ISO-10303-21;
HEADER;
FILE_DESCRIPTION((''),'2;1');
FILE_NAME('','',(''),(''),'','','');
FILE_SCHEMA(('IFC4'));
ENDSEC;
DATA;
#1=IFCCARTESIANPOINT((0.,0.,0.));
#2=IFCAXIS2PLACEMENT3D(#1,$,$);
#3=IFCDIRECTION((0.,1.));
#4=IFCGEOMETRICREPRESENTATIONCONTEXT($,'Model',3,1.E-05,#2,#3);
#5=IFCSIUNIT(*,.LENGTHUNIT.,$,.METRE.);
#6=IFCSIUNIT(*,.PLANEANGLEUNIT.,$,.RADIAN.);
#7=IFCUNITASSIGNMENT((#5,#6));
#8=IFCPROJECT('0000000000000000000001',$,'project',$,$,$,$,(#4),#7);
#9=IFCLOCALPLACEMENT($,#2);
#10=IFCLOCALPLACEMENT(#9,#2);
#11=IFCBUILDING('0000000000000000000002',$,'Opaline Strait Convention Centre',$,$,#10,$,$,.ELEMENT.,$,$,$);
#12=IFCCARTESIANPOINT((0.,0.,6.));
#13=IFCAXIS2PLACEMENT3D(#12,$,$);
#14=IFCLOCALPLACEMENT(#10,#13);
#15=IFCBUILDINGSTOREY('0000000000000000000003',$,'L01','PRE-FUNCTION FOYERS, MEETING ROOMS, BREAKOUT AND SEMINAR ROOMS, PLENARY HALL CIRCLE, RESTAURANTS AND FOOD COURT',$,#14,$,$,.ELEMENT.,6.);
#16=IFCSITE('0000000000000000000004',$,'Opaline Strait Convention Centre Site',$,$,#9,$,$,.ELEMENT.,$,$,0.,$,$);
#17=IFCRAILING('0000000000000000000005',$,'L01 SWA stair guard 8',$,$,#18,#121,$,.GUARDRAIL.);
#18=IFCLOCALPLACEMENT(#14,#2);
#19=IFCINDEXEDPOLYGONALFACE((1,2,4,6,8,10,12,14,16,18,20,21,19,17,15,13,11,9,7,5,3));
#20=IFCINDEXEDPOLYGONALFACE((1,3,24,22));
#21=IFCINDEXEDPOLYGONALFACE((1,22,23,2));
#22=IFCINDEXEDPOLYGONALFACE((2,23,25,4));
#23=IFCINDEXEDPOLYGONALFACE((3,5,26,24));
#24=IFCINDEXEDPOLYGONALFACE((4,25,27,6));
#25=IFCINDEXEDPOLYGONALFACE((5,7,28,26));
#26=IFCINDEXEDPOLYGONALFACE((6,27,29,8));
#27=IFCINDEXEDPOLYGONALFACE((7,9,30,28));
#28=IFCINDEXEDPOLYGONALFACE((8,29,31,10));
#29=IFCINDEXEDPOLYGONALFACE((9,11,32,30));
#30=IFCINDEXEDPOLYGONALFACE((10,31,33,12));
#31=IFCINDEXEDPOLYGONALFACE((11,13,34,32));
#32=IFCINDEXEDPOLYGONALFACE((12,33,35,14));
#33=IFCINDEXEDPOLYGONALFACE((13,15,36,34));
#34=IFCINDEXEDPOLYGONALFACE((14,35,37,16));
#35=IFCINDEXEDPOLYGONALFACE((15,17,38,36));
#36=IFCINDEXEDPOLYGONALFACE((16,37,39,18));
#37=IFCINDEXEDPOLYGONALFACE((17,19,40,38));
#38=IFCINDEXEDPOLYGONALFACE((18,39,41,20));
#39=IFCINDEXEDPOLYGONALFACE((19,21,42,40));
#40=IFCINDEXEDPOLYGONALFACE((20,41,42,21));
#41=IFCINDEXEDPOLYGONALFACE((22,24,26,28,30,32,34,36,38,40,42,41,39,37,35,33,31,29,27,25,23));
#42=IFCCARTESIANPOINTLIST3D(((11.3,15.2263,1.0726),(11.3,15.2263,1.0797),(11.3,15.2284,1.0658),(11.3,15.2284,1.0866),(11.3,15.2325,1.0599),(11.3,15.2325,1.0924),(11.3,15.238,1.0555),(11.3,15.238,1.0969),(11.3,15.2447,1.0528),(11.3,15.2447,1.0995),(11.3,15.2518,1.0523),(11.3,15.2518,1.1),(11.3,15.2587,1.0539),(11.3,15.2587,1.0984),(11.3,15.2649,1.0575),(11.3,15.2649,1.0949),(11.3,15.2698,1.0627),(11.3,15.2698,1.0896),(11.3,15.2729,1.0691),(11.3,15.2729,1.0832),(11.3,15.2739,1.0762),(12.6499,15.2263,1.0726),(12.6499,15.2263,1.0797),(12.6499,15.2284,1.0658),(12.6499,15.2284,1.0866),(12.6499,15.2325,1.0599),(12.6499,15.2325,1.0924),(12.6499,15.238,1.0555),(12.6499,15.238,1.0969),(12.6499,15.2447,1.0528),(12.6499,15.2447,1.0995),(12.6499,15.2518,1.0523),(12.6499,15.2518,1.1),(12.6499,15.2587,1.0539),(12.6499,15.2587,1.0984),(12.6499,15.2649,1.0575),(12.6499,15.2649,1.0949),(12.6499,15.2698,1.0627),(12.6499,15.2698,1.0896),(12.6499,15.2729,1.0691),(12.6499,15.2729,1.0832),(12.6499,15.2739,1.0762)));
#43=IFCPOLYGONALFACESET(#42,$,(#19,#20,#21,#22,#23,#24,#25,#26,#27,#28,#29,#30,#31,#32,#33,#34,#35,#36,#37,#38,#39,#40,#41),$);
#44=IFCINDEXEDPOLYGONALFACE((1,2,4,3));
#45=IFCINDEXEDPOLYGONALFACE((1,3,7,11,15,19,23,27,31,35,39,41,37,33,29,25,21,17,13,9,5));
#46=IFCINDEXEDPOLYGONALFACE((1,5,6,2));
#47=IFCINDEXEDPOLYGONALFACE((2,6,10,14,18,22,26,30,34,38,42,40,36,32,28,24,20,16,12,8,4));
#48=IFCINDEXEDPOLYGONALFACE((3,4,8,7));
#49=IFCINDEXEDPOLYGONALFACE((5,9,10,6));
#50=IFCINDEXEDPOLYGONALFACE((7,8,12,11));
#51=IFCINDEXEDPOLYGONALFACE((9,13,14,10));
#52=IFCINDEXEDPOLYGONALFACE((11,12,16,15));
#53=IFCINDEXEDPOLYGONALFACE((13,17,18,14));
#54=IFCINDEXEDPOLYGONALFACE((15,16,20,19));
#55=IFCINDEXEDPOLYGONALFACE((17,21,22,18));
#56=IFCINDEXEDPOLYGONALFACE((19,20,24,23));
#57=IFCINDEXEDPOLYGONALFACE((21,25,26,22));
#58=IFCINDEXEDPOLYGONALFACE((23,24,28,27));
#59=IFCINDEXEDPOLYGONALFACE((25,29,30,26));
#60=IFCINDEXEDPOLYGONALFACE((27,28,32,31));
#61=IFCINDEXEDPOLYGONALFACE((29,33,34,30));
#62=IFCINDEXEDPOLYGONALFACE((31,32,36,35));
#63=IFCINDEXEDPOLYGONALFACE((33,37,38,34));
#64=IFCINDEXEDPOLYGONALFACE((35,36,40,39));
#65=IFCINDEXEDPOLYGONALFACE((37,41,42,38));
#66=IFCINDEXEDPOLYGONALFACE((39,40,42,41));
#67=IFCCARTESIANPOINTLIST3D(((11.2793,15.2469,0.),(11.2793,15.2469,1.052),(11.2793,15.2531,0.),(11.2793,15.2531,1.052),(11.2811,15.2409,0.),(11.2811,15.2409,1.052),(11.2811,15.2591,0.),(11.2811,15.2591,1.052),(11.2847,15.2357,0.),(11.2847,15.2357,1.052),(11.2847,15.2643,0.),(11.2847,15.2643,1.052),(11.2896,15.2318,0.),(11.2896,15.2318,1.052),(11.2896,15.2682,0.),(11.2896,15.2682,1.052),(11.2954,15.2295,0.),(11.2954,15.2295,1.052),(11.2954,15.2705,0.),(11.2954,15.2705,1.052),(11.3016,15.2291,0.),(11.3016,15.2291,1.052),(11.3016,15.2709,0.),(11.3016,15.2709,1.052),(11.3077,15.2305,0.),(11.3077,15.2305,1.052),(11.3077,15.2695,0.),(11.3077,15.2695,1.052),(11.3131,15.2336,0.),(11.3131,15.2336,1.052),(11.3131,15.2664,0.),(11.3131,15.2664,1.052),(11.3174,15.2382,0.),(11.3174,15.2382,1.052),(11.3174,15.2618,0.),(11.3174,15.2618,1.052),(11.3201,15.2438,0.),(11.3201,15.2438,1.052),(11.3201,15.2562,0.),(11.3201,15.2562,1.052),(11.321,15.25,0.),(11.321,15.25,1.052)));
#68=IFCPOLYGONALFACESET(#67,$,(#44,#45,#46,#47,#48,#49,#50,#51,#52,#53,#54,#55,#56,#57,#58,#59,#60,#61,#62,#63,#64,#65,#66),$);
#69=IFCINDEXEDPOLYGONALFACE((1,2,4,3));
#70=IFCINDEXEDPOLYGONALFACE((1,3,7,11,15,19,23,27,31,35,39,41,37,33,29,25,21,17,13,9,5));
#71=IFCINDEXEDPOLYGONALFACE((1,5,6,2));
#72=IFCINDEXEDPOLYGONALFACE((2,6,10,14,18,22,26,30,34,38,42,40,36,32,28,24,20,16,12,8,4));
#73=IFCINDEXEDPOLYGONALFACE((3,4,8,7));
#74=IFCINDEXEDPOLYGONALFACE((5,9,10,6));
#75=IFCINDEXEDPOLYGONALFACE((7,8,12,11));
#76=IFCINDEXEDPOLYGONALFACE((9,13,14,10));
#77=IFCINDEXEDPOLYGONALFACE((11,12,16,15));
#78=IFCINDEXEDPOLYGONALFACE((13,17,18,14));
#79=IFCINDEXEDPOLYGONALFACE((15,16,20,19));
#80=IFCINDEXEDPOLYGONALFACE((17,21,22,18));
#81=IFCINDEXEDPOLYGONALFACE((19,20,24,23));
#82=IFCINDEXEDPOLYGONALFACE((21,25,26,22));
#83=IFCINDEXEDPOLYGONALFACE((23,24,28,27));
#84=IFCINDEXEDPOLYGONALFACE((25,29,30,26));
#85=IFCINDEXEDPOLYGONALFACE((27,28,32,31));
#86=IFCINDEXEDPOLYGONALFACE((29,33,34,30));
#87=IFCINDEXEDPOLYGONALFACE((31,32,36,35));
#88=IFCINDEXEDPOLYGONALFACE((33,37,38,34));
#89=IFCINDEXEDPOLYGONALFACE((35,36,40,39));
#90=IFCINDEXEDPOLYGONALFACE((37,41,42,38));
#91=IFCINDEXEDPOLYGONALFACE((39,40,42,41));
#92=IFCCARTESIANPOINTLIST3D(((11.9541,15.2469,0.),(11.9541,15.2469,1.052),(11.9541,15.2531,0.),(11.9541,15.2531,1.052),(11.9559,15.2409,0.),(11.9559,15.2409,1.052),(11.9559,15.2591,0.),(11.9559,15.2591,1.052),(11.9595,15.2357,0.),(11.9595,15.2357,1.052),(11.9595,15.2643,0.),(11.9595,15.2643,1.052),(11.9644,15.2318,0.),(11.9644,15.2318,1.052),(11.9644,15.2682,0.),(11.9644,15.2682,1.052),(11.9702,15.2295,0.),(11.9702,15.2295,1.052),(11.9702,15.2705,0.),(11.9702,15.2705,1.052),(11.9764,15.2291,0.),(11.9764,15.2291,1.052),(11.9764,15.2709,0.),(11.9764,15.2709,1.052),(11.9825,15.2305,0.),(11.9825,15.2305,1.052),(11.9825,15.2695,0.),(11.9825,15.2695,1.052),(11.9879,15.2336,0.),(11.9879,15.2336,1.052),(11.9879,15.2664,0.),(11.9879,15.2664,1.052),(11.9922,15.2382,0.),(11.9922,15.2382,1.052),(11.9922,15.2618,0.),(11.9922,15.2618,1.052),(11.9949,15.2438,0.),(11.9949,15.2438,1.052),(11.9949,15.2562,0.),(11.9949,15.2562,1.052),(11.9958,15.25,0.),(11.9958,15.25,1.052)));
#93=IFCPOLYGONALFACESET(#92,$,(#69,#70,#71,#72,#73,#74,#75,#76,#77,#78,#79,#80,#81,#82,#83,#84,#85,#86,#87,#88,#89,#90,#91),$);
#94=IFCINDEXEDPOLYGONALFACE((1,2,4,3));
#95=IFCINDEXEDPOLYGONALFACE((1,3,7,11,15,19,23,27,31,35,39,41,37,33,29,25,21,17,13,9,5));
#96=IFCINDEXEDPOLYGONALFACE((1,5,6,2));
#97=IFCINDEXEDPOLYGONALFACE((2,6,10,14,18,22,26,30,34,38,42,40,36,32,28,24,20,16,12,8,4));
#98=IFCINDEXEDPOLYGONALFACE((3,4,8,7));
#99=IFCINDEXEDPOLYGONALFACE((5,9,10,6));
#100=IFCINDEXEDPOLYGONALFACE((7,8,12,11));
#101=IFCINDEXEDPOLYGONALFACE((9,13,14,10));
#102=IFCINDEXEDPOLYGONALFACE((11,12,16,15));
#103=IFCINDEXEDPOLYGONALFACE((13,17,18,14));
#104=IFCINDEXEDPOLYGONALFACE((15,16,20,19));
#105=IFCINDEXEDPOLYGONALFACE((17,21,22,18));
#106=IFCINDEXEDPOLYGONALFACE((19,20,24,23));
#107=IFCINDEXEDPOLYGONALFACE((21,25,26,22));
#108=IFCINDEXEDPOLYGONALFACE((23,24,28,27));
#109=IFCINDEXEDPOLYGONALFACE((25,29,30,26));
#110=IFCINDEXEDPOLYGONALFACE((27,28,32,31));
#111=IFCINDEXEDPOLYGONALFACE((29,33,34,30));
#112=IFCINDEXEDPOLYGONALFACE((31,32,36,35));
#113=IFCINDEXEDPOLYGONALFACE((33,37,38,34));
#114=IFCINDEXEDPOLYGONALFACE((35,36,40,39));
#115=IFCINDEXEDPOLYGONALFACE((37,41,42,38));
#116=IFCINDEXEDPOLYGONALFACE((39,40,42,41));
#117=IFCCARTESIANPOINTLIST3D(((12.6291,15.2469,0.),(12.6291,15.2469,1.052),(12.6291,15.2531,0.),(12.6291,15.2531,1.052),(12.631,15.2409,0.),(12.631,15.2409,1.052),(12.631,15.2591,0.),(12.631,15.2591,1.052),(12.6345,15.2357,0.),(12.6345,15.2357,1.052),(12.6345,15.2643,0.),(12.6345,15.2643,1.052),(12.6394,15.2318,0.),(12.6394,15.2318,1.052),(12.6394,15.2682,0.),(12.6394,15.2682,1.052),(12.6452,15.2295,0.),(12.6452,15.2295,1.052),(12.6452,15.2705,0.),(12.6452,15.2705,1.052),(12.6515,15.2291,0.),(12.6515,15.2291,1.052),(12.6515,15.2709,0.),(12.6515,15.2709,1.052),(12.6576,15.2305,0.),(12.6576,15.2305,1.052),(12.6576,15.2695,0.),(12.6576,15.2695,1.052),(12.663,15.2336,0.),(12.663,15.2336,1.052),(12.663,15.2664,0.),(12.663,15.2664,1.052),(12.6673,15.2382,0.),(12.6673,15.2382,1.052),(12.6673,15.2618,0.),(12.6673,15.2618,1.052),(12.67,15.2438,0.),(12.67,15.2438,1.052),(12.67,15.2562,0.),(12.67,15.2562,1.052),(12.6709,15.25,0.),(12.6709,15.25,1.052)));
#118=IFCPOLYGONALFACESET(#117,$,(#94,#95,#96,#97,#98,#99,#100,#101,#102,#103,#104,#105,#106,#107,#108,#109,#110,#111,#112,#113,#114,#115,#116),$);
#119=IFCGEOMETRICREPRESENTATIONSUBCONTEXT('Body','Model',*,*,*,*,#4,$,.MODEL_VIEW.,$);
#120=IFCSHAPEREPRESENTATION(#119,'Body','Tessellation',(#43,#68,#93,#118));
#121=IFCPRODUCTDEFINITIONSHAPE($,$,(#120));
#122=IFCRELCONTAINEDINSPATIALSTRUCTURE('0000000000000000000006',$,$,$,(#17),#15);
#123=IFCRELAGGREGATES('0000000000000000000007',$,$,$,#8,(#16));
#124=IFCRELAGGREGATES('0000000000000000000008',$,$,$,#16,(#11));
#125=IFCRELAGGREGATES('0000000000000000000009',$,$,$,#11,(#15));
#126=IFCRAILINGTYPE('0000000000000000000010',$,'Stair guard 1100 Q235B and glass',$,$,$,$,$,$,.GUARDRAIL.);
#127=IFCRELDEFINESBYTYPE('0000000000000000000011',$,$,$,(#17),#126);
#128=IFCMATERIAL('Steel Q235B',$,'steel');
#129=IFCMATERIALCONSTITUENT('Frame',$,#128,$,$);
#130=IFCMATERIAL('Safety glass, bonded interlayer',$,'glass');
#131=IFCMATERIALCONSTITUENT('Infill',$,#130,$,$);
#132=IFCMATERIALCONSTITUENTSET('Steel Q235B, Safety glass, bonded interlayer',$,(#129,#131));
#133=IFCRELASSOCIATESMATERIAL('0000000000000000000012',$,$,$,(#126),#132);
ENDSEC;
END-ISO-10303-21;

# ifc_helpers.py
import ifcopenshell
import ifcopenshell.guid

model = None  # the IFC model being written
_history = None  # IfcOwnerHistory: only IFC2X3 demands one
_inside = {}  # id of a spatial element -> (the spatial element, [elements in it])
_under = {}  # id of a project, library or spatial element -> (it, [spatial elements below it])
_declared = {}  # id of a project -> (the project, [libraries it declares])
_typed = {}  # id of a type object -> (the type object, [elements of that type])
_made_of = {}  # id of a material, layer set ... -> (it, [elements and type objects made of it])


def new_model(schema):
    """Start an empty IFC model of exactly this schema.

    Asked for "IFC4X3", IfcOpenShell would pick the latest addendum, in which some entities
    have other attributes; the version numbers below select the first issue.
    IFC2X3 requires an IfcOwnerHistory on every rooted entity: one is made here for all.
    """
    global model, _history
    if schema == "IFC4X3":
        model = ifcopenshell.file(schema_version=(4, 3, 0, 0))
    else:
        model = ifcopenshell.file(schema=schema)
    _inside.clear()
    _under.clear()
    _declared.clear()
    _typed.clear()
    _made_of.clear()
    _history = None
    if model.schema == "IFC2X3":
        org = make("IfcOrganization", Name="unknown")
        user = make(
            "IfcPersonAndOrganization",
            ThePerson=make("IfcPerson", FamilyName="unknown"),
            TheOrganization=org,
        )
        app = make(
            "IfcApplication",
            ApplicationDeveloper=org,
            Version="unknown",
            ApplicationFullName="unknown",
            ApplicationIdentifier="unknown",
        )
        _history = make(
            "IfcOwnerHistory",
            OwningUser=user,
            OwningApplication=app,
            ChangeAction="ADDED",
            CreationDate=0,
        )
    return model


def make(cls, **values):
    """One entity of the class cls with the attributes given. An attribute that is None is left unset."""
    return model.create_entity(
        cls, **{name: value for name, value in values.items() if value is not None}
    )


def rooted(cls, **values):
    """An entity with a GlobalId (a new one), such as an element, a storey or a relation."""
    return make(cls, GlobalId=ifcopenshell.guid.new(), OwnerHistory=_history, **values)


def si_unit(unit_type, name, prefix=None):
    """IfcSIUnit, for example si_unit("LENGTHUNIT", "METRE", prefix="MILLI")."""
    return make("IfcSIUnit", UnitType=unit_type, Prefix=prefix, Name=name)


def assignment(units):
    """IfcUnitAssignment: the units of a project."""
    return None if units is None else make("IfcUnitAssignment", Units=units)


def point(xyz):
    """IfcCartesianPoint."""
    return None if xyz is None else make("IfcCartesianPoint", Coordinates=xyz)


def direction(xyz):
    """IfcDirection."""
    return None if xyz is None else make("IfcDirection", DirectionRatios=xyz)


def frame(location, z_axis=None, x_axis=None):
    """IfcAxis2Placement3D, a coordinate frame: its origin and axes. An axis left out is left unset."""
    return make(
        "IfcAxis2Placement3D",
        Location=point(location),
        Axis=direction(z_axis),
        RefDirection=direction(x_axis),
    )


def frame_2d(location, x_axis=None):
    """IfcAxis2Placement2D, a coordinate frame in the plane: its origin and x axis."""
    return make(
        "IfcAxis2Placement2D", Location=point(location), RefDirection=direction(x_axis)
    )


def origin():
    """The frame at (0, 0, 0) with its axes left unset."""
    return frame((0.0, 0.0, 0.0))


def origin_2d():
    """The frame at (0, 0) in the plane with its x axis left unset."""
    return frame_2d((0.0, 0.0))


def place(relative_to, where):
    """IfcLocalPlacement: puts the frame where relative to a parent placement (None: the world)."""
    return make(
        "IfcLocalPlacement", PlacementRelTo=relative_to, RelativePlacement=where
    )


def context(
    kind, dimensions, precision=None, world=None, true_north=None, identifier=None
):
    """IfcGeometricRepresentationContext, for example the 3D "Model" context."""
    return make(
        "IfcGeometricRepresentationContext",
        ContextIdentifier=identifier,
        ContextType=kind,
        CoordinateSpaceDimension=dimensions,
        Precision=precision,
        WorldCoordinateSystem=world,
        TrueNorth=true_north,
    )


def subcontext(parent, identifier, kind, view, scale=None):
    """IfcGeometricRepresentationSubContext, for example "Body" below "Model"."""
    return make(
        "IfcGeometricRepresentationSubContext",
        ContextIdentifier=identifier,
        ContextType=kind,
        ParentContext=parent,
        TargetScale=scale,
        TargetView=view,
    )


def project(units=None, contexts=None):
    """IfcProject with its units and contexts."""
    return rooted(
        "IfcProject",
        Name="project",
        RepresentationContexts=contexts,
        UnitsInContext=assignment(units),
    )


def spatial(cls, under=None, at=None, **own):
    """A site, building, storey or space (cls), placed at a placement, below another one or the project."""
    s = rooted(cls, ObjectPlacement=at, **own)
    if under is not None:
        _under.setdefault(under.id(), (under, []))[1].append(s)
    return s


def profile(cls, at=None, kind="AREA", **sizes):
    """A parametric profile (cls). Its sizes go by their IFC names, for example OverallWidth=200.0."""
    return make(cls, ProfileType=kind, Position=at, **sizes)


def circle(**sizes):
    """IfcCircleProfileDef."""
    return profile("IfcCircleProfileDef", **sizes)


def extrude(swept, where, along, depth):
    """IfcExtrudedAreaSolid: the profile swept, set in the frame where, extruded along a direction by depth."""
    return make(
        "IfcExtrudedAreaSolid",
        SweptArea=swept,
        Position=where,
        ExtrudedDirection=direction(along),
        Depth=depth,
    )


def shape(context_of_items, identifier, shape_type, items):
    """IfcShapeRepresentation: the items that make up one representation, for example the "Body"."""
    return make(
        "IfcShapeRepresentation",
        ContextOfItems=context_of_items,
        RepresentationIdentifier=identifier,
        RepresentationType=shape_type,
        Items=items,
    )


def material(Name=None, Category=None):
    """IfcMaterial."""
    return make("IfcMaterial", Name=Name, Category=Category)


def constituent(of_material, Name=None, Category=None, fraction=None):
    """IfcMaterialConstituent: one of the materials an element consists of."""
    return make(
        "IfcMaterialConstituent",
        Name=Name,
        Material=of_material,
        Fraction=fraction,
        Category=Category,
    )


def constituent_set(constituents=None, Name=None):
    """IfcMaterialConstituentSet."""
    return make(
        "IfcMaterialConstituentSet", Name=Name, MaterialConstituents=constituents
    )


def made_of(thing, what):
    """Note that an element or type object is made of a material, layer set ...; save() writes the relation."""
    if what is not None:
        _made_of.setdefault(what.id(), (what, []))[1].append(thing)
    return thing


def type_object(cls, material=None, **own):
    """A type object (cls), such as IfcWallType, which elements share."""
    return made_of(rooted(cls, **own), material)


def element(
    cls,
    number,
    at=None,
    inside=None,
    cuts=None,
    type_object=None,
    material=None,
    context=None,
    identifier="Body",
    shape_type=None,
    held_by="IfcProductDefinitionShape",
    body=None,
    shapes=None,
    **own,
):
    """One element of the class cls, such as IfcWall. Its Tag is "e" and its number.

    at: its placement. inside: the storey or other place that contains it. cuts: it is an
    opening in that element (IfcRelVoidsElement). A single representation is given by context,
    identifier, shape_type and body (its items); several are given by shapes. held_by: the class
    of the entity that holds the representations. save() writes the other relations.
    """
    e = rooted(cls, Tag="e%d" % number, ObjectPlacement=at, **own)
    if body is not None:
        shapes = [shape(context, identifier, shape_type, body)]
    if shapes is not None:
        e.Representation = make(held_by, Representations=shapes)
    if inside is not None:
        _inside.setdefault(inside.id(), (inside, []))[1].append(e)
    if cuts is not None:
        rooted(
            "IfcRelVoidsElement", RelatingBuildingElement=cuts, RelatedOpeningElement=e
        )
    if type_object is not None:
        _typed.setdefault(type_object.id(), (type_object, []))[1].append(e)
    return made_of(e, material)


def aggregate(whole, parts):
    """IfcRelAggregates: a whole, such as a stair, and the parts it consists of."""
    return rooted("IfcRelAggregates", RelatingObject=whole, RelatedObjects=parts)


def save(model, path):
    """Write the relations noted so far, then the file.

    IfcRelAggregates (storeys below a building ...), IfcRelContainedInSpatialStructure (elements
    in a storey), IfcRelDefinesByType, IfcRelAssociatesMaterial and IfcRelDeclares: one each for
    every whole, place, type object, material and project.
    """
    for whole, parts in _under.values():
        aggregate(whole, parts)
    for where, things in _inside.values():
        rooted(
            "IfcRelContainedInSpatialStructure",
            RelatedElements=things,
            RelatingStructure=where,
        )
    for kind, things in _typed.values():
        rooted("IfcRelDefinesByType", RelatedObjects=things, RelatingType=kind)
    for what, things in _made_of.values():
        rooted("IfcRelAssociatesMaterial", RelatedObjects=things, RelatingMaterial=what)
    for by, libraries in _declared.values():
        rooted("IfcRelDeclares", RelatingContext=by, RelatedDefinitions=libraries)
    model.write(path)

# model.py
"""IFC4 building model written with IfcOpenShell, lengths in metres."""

from ifc_helpers import new_model, si_unit, direction, frame, origin, origin_2d, place, context, subcontext, project, spatial, circle, extrude, material, constituent, constituent_set, type_object, element, save


model = new_model("IFC4")

# Units and contexts
model_context = context("Model", 3, precision=1e-05, world=origin(), true_north=direction((0.0, 1.0)))
body_context = subcontext(model_context, "Body", "Model", "MODEL_VIEW")
ifc_project = project(units=[si_unit("LENGTHUNIT", "METRE"), si_unit("PLANEANGLEUNIT", "RADIAN")], contexts=[model_context])

# Site, building, storey
site_placement = place(None, origin())
site = spatial("IfcSite", under=ifc_project, at=site_placement, Name="Opaline Strait Convention Centre Site", CompositionType="ELEMENT", RefElevation=0.0)
building_placement = place(site_placement, origin())
building = spatial("IfcBuilding", under=site, at=building_placement, Name="Opaline Strait Convention Centre", CompositionType="ELEMENT")
storey_placement = place(building_placement, frame((0.0, 0.0, 6.0)))
storey = spatial("IfcBuildingStorey", under=building, at=storey_placement, Name="L01", Description="PRE-FUNCTION FOYERS, MEETING ROOMS, BREAKOUT AND SEMINAR ROOMS, PLENARY HALL CIRCLE, RESTAURANTS AND FOOD COURT", CompositionType="ELEMENT", Elevation=6.0)

# Railing
ifc_material_1 = material(Name="Steel Q235B", Category="steel")
ifc_constituent_1 = constituent(ifc_material_1, Name="Frame")
ifc_material_2 = material(Name="Safety glass, bonded interlayer", Category="glass")
ifc_constituent_2 = constituent(ifc_material_2, Name="Infill")
ifc_constituent_set = constituent_set(constituents=[ifc_constituent_1, ifc_constituent_2], Name="Steel Q235B, Safety glass, bonded interlayer")
railing_type_1 = type_object("IfcRailingType", Name="Stair guard 1100 Q235B and glass", PredefinedType="GUARDRAIL", material=ifc_constituent_set)
railing_1_placement = place(storey_placement, frame((11.3, 15.25, 0.0)))
element("IfcRailing", 1, at=railing_1_placement, inside=storey, type_object=railing_type_1, Name="L01 SWA stair guard 8", PredefinedType="GUARDRAIL", context=body_context, shape_type="SweptSolid", body=[
    extrude(circle(Radius=0.0239, at=origin_2d()), frame((0.0, 0.0, 1.0762), z_axis=(1.0, 0.0, 0.0), x_axis=(0.0, 1.0, 0.0)), (0.0, 0.0, 1.0), 1.3499),
    extrude(circle(Radius=0.021, at=origin_2d()), origin(), (0.0, 0.0, 1.0), 1.052),
    extrude(circle(Radius=0.021, at=origin_2d()), frame((0.6748, 0.0, 0.0)), (0.0, 0.0, 1.0), 1.052),
    extrude(circle(Radius=0.021, at=origin_2d()), frame((1.3499, 0.0, 0.0)), (0.0, 0.0, 1.0), 1.052),
])

save(model, "model.ifc")
